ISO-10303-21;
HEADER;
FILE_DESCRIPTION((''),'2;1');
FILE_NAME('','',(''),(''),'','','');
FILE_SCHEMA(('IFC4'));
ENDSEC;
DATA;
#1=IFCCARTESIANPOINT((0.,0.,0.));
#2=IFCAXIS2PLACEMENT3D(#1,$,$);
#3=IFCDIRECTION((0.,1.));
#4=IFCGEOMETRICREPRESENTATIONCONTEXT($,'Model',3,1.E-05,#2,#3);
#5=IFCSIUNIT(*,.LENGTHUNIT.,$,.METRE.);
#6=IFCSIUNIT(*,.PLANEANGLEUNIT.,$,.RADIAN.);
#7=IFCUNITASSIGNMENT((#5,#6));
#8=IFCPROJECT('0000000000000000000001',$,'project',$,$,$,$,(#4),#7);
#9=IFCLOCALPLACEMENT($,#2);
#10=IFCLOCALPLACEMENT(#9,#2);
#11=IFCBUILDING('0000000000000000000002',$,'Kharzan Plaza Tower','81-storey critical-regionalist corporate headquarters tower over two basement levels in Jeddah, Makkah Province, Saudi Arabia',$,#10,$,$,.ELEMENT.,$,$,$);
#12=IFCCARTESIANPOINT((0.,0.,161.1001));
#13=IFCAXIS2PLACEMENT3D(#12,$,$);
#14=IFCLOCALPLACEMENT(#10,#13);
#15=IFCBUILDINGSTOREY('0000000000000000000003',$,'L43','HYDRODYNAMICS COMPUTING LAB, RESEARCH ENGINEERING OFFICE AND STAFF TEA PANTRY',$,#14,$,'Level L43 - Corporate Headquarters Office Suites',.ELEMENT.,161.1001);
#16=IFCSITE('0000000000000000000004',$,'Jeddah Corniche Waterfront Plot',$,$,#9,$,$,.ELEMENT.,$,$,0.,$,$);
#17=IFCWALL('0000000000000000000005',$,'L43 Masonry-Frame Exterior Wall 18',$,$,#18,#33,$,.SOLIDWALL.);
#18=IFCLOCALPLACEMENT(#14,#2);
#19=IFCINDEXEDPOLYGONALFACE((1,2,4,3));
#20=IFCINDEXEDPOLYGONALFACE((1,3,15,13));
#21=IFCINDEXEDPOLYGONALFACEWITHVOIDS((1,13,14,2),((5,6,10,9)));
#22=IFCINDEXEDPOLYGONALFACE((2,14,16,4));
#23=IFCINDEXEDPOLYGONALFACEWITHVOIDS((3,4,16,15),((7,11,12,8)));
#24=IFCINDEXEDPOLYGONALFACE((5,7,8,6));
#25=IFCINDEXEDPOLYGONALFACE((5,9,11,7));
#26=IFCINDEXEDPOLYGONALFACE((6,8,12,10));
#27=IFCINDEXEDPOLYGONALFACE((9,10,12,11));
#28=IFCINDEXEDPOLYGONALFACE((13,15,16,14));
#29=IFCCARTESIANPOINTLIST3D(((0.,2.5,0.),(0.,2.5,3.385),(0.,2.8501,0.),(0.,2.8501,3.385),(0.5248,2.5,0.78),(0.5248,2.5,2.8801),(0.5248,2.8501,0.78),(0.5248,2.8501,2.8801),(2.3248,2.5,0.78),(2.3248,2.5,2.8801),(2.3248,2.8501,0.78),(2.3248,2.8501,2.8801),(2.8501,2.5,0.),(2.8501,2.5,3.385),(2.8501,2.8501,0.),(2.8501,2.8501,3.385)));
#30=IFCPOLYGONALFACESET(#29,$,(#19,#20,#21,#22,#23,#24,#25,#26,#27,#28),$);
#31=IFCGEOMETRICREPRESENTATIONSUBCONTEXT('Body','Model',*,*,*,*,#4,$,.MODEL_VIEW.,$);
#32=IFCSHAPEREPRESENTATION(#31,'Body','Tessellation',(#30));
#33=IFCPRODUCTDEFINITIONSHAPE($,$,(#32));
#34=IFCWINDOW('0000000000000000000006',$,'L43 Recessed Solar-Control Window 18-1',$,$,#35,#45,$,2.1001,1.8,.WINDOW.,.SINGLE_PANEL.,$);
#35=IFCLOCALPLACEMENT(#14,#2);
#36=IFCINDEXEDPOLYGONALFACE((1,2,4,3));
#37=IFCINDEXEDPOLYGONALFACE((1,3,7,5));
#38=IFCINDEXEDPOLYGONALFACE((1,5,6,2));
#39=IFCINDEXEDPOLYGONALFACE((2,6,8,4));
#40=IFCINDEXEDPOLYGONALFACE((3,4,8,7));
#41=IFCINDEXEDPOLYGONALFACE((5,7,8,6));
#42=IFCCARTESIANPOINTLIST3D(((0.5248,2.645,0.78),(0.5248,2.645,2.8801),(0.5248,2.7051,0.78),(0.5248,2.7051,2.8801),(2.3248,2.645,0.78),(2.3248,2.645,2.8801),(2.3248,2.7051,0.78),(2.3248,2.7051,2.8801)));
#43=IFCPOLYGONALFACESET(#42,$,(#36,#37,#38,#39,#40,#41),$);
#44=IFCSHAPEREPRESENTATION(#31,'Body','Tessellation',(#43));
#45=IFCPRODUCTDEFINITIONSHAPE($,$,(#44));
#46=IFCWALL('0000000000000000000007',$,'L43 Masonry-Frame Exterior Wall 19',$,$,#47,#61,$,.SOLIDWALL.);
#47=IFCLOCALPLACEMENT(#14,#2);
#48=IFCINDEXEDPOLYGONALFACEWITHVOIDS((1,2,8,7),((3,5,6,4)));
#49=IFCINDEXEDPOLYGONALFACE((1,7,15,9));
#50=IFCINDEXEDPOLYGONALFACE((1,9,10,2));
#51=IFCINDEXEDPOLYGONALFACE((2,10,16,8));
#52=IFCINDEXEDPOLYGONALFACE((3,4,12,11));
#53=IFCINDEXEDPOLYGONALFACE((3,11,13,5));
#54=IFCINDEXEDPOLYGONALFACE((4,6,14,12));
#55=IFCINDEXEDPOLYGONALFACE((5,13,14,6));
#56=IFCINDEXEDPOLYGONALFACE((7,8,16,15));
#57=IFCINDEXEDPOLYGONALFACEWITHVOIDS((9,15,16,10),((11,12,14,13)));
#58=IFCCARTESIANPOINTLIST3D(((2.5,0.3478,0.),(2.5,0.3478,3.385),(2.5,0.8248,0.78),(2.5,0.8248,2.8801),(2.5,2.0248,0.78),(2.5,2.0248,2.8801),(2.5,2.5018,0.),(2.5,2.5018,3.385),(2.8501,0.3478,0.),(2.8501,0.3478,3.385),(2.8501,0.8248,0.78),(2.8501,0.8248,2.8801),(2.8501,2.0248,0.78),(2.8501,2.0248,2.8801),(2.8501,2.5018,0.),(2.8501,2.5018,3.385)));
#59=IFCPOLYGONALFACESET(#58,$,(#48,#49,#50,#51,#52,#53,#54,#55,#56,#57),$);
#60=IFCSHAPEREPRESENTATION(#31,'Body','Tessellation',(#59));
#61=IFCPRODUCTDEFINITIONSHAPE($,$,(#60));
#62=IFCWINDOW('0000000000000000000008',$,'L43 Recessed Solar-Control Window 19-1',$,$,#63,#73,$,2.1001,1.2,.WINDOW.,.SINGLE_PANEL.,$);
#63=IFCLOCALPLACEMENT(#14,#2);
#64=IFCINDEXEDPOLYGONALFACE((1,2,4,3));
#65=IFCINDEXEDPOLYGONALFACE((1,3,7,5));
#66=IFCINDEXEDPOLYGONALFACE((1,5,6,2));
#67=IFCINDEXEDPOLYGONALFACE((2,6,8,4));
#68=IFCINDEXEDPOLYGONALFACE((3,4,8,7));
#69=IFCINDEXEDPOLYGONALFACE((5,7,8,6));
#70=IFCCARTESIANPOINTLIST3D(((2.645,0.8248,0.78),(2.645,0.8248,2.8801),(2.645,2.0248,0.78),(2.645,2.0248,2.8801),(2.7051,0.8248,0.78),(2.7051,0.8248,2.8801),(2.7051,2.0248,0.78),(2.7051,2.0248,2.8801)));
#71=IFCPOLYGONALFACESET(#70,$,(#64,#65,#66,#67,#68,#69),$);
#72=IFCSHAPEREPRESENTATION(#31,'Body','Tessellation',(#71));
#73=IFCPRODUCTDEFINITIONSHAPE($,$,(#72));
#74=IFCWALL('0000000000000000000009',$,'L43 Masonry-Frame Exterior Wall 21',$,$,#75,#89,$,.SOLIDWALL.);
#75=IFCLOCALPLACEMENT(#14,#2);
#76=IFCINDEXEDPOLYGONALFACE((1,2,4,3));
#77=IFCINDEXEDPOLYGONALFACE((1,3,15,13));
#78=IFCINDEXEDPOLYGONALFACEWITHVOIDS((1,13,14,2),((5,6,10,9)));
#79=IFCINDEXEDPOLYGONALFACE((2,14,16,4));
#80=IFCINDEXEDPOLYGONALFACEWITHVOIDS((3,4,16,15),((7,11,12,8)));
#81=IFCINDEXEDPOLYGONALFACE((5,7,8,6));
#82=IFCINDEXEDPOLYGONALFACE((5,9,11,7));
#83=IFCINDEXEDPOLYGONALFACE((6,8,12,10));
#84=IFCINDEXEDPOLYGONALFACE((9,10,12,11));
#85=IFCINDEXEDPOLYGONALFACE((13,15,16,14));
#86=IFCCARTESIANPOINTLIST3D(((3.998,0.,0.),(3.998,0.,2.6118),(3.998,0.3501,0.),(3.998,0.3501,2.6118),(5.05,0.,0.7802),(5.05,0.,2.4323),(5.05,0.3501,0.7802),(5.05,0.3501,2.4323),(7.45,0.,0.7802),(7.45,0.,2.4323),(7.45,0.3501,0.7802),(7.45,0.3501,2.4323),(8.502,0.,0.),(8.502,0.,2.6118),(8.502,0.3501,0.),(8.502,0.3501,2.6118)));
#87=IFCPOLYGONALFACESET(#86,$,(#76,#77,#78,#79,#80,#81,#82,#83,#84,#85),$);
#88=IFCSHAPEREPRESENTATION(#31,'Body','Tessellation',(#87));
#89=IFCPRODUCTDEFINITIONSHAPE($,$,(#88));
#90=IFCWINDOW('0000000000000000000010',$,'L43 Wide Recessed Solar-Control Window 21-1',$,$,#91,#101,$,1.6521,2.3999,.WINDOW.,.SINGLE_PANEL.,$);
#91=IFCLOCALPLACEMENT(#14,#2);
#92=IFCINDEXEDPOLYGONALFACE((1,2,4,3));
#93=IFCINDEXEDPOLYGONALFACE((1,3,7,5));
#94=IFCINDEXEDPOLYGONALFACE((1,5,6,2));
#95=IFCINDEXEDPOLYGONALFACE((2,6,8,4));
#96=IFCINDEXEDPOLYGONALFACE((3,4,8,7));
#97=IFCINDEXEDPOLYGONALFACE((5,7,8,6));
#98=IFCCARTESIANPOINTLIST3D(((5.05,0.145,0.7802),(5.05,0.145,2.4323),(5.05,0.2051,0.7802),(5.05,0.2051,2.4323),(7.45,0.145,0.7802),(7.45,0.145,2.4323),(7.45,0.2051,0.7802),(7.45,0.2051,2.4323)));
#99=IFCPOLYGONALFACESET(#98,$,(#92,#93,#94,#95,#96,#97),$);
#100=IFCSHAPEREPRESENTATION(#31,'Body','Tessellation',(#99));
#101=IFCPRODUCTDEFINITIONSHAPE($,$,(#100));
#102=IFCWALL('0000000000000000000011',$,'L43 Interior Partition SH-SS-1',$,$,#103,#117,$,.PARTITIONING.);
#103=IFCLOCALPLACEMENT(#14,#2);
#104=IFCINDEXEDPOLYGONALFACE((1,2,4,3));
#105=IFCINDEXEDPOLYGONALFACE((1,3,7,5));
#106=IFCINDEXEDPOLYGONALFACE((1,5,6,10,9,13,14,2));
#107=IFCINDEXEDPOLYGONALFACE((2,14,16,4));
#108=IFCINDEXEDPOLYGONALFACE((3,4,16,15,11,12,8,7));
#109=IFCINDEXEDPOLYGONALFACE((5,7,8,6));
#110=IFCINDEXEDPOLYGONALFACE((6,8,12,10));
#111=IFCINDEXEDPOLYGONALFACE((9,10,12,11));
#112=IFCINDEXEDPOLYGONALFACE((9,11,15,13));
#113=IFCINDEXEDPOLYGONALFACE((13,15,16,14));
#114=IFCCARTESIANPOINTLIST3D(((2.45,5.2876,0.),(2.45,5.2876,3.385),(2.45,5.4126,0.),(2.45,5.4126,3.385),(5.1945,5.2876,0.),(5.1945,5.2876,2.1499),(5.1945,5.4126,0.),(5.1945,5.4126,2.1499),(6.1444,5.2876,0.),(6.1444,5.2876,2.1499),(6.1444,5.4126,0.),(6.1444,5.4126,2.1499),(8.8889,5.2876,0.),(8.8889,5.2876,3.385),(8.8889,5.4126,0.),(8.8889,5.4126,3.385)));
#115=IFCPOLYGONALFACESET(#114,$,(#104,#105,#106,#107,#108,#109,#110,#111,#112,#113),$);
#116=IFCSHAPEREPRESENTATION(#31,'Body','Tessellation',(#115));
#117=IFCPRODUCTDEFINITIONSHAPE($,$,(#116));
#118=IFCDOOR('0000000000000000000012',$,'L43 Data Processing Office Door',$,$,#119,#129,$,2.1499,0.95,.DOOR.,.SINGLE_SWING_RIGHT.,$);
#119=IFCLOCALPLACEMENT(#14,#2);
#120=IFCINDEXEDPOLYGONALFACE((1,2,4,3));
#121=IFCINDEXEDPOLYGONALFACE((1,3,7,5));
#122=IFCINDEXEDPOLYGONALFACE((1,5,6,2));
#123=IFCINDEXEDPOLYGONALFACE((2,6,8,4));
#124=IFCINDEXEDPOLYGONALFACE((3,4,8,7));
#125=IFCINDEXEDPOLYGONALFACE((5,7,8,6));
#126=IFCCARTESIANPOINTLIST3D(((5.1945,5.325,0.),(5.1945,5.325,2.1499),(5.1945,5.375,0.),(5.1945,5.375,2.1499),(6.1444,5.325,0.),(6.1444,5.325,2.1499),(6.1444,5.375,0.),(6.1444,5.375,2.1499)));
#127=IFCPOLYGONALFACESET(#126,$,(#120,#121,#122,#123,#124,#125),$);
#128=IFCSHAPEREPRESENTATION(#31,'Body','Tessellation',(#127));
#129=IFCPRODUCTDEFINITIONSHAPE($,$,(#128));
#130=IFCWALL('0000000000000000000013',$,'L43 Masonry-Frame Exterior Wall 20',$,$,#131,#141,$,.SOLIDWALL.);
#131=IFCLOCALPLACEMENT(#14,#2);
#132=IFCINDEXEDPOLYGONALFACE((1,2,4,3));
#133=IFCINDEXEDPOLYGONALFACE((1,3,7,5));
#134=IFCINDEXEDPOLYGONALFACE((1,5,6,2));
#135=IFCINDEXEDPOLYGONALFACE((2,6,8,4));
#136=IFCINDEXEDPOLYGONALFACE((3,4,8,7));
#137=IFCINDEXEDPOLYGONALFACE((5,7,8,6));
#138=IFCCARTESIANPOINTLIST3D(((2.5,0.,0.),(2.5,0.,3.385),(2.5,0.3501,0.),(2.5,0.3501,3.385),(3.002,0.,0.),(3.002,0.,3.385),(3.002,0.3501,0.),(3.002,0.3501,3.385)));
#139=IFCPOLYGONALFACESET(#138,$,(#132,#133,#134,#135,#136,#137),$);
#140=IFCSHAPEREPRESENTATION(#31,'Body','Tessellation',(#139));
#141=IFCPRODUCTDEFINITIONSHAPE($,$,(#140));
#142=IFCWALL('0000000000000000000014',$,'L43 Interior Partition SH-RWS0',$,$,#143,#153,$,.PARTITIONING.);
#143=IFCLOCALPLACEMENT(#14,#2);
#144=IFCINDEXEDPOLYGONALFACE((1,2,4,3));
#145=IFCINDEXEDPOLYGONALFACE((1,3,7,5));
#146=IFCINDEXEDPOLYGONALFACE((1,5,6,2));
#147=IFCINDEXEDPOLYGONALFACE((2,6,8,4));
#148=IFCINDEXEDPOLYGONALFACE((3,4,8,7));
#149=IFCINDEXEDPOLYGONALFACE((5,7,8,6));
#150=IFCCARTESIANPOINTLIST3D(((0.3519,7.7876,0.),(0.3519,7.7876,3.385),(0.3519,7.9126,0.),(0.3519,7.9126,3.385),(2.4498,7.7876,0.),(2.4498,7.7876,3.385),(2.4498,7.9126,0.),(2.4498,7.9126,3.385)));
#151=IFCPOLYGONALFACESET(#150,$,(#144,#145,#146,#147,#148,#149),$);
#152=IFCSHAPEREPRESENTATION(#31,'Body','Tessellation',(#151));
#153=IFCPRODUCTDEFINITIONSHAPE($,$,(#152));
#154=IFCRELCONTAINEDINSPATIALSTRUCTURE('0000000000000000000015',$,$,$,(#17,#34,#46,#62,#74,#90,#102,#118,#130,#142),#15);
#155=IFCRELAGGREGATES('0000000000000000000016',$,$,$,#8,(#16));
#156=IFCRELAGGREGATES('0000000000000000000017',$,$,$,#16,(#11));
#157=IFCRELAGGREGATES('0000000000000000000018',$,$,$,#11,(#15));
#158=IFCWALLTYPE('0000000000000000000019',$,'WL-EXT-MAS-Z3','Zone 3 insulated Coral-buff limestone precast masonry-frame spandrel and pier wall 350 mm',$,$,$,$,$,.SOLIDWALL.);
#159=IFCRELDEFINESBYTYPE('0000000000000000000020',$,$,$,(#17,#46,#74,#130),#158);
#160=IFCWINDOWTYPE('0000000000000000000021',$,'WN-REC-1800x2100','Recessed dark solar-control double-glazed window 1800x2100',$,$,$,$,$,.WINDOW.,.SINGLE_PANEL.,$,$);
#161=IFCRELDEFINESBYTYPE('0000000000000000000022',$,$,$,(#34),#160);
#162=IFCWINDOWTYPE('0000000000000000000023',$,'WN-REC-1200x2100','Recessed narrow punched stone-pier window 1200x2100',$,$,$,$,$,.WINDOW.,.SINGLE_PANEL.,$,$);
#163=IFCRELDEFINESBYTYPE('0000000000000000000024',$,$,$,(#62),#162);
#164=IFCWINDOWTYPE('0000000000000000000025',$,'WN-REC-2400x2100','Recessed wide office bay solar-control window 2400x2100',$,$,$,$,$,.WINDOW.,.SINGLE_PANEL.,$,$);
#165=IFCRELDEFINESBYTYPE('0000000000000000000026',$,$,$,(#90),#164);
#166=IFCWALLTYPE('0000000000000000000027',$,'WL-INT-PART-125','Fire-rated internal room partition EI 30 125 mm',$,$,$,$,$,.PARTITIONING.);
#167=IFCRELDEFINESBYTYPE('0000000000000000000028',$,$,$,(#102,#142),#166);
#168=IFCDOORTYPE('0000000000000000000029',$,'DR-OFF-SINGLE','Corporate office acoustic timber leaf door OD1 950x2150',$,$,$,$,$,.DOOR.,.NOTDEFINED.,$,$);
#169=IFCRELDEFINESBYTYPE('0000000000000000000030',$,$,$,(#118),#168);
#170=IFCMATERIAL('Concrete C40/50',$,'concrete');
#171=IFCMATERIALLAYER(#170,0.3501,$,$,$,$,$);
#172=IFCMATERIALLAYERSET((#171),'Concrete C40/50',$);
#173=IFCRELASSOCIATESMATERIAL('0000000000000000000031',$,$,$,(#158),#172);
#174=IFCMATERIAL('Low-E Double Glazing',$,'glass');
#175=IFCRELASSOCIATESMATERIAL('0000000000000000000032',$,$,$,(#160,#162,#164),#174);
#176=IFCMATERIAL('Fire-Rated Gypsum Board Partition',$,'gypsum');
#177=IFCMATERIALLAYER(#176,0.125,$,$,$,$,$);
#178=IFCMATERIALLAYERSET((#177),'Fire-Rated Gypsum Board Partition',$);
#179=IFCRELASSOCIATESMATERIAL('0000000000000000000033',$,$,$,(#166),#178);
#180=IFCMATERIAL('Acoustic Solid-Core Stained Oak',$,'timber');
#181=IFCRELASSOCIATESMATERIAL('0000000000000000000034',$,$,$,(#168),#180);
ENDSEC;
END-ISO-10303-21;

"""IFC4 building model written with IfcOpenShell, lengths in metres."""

from ifc_helpers import new_model, si_unit, direction, frame, frame_2d, origin, place, context, subcontext, project, spatial, rectangle, extrude, source, transform, mapped, material, layer, layer_set, type_object, element, fill, save


model = new_model("IFC4")

# Units and contexts
model_context = context("Model", 3, precision=1e-05, world=origin(), true_north=direction((0.0, 1.0)))
body_context = subcontext(model_context, "Body", "Model", "MODEL_VIEW")
ifc_project = project(units=[si_unit("LENGTHUNIT", "METRE"), si_unit("PLANEANGLEUNIT", "RADIAN")], contexts=[model_context])

# Site, building, storey
site_placement = place(None, origin())
site = spatial("IfcSite", under=ifc_project, at=site_placement, Name="Jeddah Corniche Waterfront Plot", CompositionType="ELEMENT", RefElevation=0.0)
building_placement = place(site_placement, origin())
building = spatial("IfcBuilding", under=site, at=building_placement, Name="Kharzan Plaza Tower", Description="81-storey critical-regionalist corporate headquarters tower over two basement levels in Jeddah, Makkah Province, Saudi Arabia", CompositionType="ELEMENT")
storey_placement = place(building_placement, frame((0.0, 0.0, 161.1001)))
storey = spatial("IfcBuildingStorey", under=building, at=storey_placement, Name="L43", Description="HYDRODYNAMICS COMPUTING LAB, RESEARCH ENGINEERING OFFICE AND STAFF TEA PANTRY", LongName="Level L43 - Corporate Headquarters Office Suites", CompositionType="ELEMENT", Elevation=161.1001)

# Shared definitions
ifc_material_1 = material(Name="Concrete C40/50", Category="concrete")

# Walls, openings, windows
ifc_layer_1 = layer(ifc_material_1, 0.3501)
ifc_layer_set_1 = layer_set([ifc_layer_1], Name="Concrete C40/50")
wall_type_1 = type_object("IfcWallType", Name="WL-EXT-MAS-Z3", Description="Zone 3 insulated Coral-buff limestone precast masonry-frame spandrel and pier wall 350 mm", PredefinedType="SOLIDWALL", material=ifc_layer_set_1)
ifc_material_2 = material(Name="Low-E Double Glazing", Category="glass")
window_type_1 = type_object("IfcWindowType", Name="WN-REC-1800x2100", Description="Recessed dark solar-control double-glazed window 1800x2100", PartitioningType="SINGLE_PANEL", PredefinedType="WINDOW", material=ifc_material_2)
wall_1_placement = place(storey_placement, frame((0.0, 2.675, 0.0), z_axis=(0.0, 0.0, 1.0), x_axis=(1.0, 0.0, 0.0)))
wall_1 = element("IfcWall", 1, at=wall_1_placement, inside=storey, type_object=wall_type_1, Name="L43 Masonry-Frame Exterior Wall 18", PredefinedType="SOLIDWALL", context=body_context, shape_type="SweptSolid", body=[
    extrude(rectangle(XDim=2.8501, YDim=0.3501, at=frame_2d((1.425, 0.0))), origin(), (0.0, 0.0, 1.0), 3.385),
])
opening_1_placement = place(wall_1_placement, frame((0.5249, 0.0, 0.78)))
opening_1 = element("IfcOpeningElement", 2, at=opening_1_placement, cuts=wall_1, PredefinedType="OPENING", context=body_context, shape_type="SweptSolid", body=[
    extrude(rectangle(XDim=1.8, YDim=2.1001, at=frame_2d((0.8999, 1.05))), frame((0.0, 0.1851, 0.0), z_axis=(0.0, -1.0, 0.0), x_axis=(1.0, 0.0, 0.0)), (0.0, 0.0, 1.0), 0.3701),
])
shared_shape_1 = source(origin(), body_context, "Body", "SweptSolid", [
    extrude(rectangle(XDim=1.8, YDim=2.1001, at=frame_2d((0.8999, 1.05))), frame((0.0, 0.03, 0.0), z_axis=(0.0, -1.0, 0.0), x_axis=(1.0, 0.0, 0.0)), (0.0, 0.0, 1.0), 0.0601),
])
window_1_placement = place(opening_1_placement, origin())
window_1 = element("IfcWindow", 3, at=window_1_placement, inside=storey, type_object=window_type_1, Name="L43 Recessed Solar-Control Window 18-1", OverallHeight=2.1001, OverallWidth=1.8, PartitioningType="SINGLE_PANEL", PredefinedType="WINDOW", context=body_context, shape_type="MappedRepresentation", body=[
    mapped(shared_shape_1, transform((0.0, 0.0, 0.0), x_axis=(1.0, 0.0, 0.0), y_axis=(0.0, 1.0, 0.0), z_axis=(0.0, 0.0, 1.0))),
])
fill(opening_1, window_1)
wall_2_placement = place(storey_placement, frame((2.675, 2.502, 0.0), z_axis=(0.0, 0.0, 1.0), x_axis=(0.0, -1.0, 0.0)))
wall_2 = element("IfcWall", 4, at=wall_2_placement, inside=storey, type_object=wall_type_1, Name="L43 Masonry-Frame Exterior Wall 19", PredefinedType="SOLIDWALL", context=body_context, shape_type="SweptSolid", body=[
    extrude(rectangle(XDim=2.1541, YDim=0.3501, at=frame_2d((1.0771, 0.0))), origin(), (0.0, 0.0, 1.0), 3.385),
])
opening_2_placement = place(wall_2_placement, frame((0.4771, 0.0, 0.78)))
opening_2 = element("IfcOpeningElement", 5, at=opening_2_placement, cuts=wall_2, PredefinedType="OPENING", context=body_context, shape_type="SweptSolid", body=[
    extrude(rectangle(XDim=1.2, YDim=2.1001, at=frame_2d((0.6001, 1.05))), frame((0.0, 0.1851, 0.0), z_axis=(0.0, -1.0, 0.0), x_axis=(1.0, 0.0, 0.0)), (0.0, 0.0, 1.0), 0.3701),
])
window_type_2 = type_object("IfcWindowType", Name="WN-REC-1200x2100", Description="Recessed narrow punched stone-pier window 1200x2100", PartitioningType="SINGLE_PANEL", PredefinedType="WINDOW", material=ifc_material_2)
shared_shape_2 = source(origin(), body_context, "Body", "SweptSolid", [
    extrude(rectangle(XDim=1.2, YDim=2.1001, at=frame_2d((0.6001, 1.05))), frame((0.0, 0.03, 0.0), z_axis=(0.0, -1.0, 0.0), x_axis=(1.0, 0.0, 0.0)), (0.0, 0.0, 1.0), 0.0601),
])
window_2_placement = place(opening_2_placement, origin())
window_2 = element("IfcWindow", 6, at=window_2_placement, inside=storey, type_object=window_type_2, Name="L43 Recessed Solar-Control Window 19-1", OverallHeight=2.1001, OverallWidth=1.2, PartitioningType="SINGLE_PANEL", PredefinedType="WINDOW", context=body_context, shape_type="MappedRepresentation", body=[
    mapped(shared_shape_2, transform((0.0, 0.0, 0.0), x_axis=(1.0, 0.0, 0.0), y_axis=(0.0, 1.0, 0.0), z_axis=(0.0, 0.0, 1.0))),
])
fill(opening_2, window_2)
wall_3_placement = place(storey_placement, frame((3.998, 0.175, 0.0), z_axis=(0.0, 0.0, 1.0), x_axis=(1.0, 0.0, 0.0)))
wall_3 = element("IfcWall", 7, at=wall_3_placement, inside=storey, type_object=wall_type_1, Name="L43 Masonry-Frame Exterior Wall 21", PredefinedType="SOLIDWALL", context=body_context, shape_type="SweptSolid", body=[
    extrude(rectangle(XDim=4.5039, YDim=0.3501, at=frame_2d((2.252, 0.0))), origin(), (0.0, 0.0, 1.0), 2.6118),
])
opening_3_placement = place(wall_3_placement, frame((1.052, 0.0, 0.78)))
opening_3 = element("IfcOpeningElement", 8, at=opening_3_placement, cuts=wall_3, PredefinedType="OPENING", context=body_context, shape_type="SweptSolid", body=[
    extrude(rectangle(XDim=2.3999, YDim=1.6521, at=frame_2d((1.2, 0.8262))), frame((0.0, 0.1851, 0.0), z_axis=(0.0, -1.0, 0.0), x_axis=(1.0, 0.0, 0.0)), (0.0, 0.0, 1.0), 0.3701),
])
window_type_3 = type_object("IfcWindowType", Name="WN-REC-2400x2100", Description="Recessed wide office bay solar-control window 2400x2100", PartitioningType="SINGLE_PANEL", PredefinedType="WINDOW", material=ifc_material_2)
shared_shape_3 = source(origin(), body_context, "Body", "SweptSolid", [
    extrude(rectangle(XDim=2.3999, YDim=1.6521, at=frame_2d((1.2, 0.8262))), frame((0.0, 0.03, 0.0), z_axis=(0.0, -1.0, 0.0), x_axis=(1.0, 0.0, 0.0)), (0.0, 0.0, 1.0), 0.0601),
])
window_3_placement = place(opening_3_placement, origin())
window_3 = element("IfcWindow", 9, at=window_3_placement, inside=storey, type_object=window_type_3, Name="L43 Wide Recessed Solar-Control Window 21-1", OverallHeight=1.6521, OverallWidth=2.3999, PartitioningType="SINGLE_PANEL", PredefinedType="WINDOW", context=body_context, shape_type="MappedRepresentation", body=[
    mapped(shared_shape_3, transform((0.0, 0.0, 0.0), x_axis=(1.0, 0.0, 0.0), y_axis=(0.0, 1.0, 0.0), z_axis=(0.0, 0.0, 1.0))),
])
fill(opening_3, window_3)

# Wall, opening, door
ifc_material_3 = material(Name="Fire-Rated Gypsum Board Partition", Category="gypsum")
ifc_layer_2 = layer(ifc_material_3, 0.125)
ifc_layer_set_2 = layer_set([ifc_layer_2], Name="Fire-Rated Gypsum Board Partition")
wall_type_2 = type_object("IfcWallType", Name="WL-INT-PART-125", Description="Fire-rated internal room partition EI 30 125 mm", PredefinedType="PARTITIONING", material=ifc_layer_set_2)
ifc_material_4 = material(Name="Acoustic Solid-Core Stained Oak", Category="timber")
door_type = type_object("IfcDoorType", Name="DR-OFF-SINGLE", Description="Corporate office acoustic timber leaf door OD1 950x2150", OperationType="NOTDEFINED", PredefinedType="DOOR", material=ifc_material_4)
shared_shape_4 = source(origin(), body_context, "Body", "SweptSolid", [
    extrude(rectangle(XDim=0.95, YDim=2.1499, at=frame_2d((0.4751, 1.075))), frame((0.0, 0.0249, 0.0), z_axis=(0.0, -1.0, 0.0), x_axis=(1.0, 0.0, 0.0)), (0.0, 0.0, 1.0), 0.05),
])
wall_4_placement = place(storey_placement, frame((2.45, 5.3501, 0.0), z_axis=(0.0, 0.0, 1.0), x_axis=(1.0, 0.0, 0.0)))
wall_4 = element("IfcWall", 10, at=wall_4_placement, inside=storey, type_object=wall_type_2, Name="L43 Interior Partition SH-SS-1", PredefinedType="PARTITIONING", context=body_context, shape_type="SweptSolid", body=[
    extrude(rectangle(XDim=6.439, YDim=0.125, at=frame_2d((3.2195, 0.0))), origin(), (0.0, 0.0, 1.0), 3.385),
])
opening_4_placement = place(wall_4_placement, frame((2.7444, 0.0, 0.0)))
opening_4 = element("IfcOpeningElement", 11, at=opening_4_placement, cuts=wall_4, PredefinedType="OPENING", context=body_context, shape_type="SweptSolid", body=[
    extrude(rectangle(XDim=0.95, YDim=2.1499, at=frame_2d((0.4751, 1.075))), frame((0.0, 0.0725, 0.0), z_axis=(0.0, -1.0, 0.0), x_axis=(1.0, 0.0, 0.0)), (0.0, 0.0, 1.0), 0.145),
])
door_1_placement = place(opening_4_placement, origin())
door_1 = element("IfcDoor", 12, at=door_1_placement, inside=storey, type_object=door_type, Name="L43 Data Processing Office Door", OperationType="SINGLE_SWING_RIGHT", OverallHeight=2.1499, OverallWidth=0.95, PredefinedType="DOOR", context=body_context, shape_type="MappedRepresentation", body=[
    mapped(shared_shape_4, transform((0.0, 0.0, 0.0), x_axis=(1.0, 0.0, 0.0), y_axis=(0.0, 1.0, 0.0), z_axis=(0.0, 0.0, 1.0))),
])
fill(opening_4, door_1)

# Walls
shared_shape_5 = source(origin(), body_context, "Body", "SweptSolid", [
    extrude(rectangle(XDim=0.502, YDim=0.3501, at=frame_2d((0.251, 0.0))), origin(), (0.0, 0.0, 1.0), 3.385),
])
wall_5_placement = place(storey_placement, frame((2.5, 0.175, 0.0), z_axis=(0.0, 0.0, 1.0), x_axis=(1.0, 0.0, 0.0)))
element("IfcWall", 13, at=wall_5_placement, inside=storey, type_object=wall_type_1, Name="L43 Masonry-Frame Exterior Wall 20", PredefinedType="SOLIDWALL", context=body_context, shape_type="MappedRepresentation", body=[
    mapped(shared_shape_5, transform((0.0, 0.0, 0.0), x_axis=(1.0, 0.0, 0.0), y_axis=(0.0, 1.0, 0.0), z_axis=(0.0, 0.0, 1.0))),
])
shared_shape_6 = source(origin(), body_context, "Body", "SweptSolid", [
    extrude(rectangle(XDim=2.0979, YDim=0.125, at=frame_2d((1.0488, 0.0))), origin(), (0.0, 0.0, 1.0), 3.385),
])
for number, where, z_axis, x_axis, name in (
    (14, (0.3521, 7.8501, 0.0), (0.0, 0.0, 1.0), (1.0, 0.0, 0.0), "L43 Interior Partition SH-RWS0"),
):
    element("IfcWall", number, at=place(storey_placement, frame(where, z_axis=z_axis, x_axis=x_axis)), inside=storey, type_object=wall_type_2, Name=name, PredefinedType="PARTITIONING", context=body_context, shape_type="MappedRepresentation", body=[
        mapped(shared_shape_6, transform((0.0, 0.0, 0.0), x_axis=(1.0, 0.0, 0.0), y_axis=(0.0, 1.0, 0.0), z_axis=(0.0, 0.0, 1.0))),
    ])

save(model, "model.ifc")
